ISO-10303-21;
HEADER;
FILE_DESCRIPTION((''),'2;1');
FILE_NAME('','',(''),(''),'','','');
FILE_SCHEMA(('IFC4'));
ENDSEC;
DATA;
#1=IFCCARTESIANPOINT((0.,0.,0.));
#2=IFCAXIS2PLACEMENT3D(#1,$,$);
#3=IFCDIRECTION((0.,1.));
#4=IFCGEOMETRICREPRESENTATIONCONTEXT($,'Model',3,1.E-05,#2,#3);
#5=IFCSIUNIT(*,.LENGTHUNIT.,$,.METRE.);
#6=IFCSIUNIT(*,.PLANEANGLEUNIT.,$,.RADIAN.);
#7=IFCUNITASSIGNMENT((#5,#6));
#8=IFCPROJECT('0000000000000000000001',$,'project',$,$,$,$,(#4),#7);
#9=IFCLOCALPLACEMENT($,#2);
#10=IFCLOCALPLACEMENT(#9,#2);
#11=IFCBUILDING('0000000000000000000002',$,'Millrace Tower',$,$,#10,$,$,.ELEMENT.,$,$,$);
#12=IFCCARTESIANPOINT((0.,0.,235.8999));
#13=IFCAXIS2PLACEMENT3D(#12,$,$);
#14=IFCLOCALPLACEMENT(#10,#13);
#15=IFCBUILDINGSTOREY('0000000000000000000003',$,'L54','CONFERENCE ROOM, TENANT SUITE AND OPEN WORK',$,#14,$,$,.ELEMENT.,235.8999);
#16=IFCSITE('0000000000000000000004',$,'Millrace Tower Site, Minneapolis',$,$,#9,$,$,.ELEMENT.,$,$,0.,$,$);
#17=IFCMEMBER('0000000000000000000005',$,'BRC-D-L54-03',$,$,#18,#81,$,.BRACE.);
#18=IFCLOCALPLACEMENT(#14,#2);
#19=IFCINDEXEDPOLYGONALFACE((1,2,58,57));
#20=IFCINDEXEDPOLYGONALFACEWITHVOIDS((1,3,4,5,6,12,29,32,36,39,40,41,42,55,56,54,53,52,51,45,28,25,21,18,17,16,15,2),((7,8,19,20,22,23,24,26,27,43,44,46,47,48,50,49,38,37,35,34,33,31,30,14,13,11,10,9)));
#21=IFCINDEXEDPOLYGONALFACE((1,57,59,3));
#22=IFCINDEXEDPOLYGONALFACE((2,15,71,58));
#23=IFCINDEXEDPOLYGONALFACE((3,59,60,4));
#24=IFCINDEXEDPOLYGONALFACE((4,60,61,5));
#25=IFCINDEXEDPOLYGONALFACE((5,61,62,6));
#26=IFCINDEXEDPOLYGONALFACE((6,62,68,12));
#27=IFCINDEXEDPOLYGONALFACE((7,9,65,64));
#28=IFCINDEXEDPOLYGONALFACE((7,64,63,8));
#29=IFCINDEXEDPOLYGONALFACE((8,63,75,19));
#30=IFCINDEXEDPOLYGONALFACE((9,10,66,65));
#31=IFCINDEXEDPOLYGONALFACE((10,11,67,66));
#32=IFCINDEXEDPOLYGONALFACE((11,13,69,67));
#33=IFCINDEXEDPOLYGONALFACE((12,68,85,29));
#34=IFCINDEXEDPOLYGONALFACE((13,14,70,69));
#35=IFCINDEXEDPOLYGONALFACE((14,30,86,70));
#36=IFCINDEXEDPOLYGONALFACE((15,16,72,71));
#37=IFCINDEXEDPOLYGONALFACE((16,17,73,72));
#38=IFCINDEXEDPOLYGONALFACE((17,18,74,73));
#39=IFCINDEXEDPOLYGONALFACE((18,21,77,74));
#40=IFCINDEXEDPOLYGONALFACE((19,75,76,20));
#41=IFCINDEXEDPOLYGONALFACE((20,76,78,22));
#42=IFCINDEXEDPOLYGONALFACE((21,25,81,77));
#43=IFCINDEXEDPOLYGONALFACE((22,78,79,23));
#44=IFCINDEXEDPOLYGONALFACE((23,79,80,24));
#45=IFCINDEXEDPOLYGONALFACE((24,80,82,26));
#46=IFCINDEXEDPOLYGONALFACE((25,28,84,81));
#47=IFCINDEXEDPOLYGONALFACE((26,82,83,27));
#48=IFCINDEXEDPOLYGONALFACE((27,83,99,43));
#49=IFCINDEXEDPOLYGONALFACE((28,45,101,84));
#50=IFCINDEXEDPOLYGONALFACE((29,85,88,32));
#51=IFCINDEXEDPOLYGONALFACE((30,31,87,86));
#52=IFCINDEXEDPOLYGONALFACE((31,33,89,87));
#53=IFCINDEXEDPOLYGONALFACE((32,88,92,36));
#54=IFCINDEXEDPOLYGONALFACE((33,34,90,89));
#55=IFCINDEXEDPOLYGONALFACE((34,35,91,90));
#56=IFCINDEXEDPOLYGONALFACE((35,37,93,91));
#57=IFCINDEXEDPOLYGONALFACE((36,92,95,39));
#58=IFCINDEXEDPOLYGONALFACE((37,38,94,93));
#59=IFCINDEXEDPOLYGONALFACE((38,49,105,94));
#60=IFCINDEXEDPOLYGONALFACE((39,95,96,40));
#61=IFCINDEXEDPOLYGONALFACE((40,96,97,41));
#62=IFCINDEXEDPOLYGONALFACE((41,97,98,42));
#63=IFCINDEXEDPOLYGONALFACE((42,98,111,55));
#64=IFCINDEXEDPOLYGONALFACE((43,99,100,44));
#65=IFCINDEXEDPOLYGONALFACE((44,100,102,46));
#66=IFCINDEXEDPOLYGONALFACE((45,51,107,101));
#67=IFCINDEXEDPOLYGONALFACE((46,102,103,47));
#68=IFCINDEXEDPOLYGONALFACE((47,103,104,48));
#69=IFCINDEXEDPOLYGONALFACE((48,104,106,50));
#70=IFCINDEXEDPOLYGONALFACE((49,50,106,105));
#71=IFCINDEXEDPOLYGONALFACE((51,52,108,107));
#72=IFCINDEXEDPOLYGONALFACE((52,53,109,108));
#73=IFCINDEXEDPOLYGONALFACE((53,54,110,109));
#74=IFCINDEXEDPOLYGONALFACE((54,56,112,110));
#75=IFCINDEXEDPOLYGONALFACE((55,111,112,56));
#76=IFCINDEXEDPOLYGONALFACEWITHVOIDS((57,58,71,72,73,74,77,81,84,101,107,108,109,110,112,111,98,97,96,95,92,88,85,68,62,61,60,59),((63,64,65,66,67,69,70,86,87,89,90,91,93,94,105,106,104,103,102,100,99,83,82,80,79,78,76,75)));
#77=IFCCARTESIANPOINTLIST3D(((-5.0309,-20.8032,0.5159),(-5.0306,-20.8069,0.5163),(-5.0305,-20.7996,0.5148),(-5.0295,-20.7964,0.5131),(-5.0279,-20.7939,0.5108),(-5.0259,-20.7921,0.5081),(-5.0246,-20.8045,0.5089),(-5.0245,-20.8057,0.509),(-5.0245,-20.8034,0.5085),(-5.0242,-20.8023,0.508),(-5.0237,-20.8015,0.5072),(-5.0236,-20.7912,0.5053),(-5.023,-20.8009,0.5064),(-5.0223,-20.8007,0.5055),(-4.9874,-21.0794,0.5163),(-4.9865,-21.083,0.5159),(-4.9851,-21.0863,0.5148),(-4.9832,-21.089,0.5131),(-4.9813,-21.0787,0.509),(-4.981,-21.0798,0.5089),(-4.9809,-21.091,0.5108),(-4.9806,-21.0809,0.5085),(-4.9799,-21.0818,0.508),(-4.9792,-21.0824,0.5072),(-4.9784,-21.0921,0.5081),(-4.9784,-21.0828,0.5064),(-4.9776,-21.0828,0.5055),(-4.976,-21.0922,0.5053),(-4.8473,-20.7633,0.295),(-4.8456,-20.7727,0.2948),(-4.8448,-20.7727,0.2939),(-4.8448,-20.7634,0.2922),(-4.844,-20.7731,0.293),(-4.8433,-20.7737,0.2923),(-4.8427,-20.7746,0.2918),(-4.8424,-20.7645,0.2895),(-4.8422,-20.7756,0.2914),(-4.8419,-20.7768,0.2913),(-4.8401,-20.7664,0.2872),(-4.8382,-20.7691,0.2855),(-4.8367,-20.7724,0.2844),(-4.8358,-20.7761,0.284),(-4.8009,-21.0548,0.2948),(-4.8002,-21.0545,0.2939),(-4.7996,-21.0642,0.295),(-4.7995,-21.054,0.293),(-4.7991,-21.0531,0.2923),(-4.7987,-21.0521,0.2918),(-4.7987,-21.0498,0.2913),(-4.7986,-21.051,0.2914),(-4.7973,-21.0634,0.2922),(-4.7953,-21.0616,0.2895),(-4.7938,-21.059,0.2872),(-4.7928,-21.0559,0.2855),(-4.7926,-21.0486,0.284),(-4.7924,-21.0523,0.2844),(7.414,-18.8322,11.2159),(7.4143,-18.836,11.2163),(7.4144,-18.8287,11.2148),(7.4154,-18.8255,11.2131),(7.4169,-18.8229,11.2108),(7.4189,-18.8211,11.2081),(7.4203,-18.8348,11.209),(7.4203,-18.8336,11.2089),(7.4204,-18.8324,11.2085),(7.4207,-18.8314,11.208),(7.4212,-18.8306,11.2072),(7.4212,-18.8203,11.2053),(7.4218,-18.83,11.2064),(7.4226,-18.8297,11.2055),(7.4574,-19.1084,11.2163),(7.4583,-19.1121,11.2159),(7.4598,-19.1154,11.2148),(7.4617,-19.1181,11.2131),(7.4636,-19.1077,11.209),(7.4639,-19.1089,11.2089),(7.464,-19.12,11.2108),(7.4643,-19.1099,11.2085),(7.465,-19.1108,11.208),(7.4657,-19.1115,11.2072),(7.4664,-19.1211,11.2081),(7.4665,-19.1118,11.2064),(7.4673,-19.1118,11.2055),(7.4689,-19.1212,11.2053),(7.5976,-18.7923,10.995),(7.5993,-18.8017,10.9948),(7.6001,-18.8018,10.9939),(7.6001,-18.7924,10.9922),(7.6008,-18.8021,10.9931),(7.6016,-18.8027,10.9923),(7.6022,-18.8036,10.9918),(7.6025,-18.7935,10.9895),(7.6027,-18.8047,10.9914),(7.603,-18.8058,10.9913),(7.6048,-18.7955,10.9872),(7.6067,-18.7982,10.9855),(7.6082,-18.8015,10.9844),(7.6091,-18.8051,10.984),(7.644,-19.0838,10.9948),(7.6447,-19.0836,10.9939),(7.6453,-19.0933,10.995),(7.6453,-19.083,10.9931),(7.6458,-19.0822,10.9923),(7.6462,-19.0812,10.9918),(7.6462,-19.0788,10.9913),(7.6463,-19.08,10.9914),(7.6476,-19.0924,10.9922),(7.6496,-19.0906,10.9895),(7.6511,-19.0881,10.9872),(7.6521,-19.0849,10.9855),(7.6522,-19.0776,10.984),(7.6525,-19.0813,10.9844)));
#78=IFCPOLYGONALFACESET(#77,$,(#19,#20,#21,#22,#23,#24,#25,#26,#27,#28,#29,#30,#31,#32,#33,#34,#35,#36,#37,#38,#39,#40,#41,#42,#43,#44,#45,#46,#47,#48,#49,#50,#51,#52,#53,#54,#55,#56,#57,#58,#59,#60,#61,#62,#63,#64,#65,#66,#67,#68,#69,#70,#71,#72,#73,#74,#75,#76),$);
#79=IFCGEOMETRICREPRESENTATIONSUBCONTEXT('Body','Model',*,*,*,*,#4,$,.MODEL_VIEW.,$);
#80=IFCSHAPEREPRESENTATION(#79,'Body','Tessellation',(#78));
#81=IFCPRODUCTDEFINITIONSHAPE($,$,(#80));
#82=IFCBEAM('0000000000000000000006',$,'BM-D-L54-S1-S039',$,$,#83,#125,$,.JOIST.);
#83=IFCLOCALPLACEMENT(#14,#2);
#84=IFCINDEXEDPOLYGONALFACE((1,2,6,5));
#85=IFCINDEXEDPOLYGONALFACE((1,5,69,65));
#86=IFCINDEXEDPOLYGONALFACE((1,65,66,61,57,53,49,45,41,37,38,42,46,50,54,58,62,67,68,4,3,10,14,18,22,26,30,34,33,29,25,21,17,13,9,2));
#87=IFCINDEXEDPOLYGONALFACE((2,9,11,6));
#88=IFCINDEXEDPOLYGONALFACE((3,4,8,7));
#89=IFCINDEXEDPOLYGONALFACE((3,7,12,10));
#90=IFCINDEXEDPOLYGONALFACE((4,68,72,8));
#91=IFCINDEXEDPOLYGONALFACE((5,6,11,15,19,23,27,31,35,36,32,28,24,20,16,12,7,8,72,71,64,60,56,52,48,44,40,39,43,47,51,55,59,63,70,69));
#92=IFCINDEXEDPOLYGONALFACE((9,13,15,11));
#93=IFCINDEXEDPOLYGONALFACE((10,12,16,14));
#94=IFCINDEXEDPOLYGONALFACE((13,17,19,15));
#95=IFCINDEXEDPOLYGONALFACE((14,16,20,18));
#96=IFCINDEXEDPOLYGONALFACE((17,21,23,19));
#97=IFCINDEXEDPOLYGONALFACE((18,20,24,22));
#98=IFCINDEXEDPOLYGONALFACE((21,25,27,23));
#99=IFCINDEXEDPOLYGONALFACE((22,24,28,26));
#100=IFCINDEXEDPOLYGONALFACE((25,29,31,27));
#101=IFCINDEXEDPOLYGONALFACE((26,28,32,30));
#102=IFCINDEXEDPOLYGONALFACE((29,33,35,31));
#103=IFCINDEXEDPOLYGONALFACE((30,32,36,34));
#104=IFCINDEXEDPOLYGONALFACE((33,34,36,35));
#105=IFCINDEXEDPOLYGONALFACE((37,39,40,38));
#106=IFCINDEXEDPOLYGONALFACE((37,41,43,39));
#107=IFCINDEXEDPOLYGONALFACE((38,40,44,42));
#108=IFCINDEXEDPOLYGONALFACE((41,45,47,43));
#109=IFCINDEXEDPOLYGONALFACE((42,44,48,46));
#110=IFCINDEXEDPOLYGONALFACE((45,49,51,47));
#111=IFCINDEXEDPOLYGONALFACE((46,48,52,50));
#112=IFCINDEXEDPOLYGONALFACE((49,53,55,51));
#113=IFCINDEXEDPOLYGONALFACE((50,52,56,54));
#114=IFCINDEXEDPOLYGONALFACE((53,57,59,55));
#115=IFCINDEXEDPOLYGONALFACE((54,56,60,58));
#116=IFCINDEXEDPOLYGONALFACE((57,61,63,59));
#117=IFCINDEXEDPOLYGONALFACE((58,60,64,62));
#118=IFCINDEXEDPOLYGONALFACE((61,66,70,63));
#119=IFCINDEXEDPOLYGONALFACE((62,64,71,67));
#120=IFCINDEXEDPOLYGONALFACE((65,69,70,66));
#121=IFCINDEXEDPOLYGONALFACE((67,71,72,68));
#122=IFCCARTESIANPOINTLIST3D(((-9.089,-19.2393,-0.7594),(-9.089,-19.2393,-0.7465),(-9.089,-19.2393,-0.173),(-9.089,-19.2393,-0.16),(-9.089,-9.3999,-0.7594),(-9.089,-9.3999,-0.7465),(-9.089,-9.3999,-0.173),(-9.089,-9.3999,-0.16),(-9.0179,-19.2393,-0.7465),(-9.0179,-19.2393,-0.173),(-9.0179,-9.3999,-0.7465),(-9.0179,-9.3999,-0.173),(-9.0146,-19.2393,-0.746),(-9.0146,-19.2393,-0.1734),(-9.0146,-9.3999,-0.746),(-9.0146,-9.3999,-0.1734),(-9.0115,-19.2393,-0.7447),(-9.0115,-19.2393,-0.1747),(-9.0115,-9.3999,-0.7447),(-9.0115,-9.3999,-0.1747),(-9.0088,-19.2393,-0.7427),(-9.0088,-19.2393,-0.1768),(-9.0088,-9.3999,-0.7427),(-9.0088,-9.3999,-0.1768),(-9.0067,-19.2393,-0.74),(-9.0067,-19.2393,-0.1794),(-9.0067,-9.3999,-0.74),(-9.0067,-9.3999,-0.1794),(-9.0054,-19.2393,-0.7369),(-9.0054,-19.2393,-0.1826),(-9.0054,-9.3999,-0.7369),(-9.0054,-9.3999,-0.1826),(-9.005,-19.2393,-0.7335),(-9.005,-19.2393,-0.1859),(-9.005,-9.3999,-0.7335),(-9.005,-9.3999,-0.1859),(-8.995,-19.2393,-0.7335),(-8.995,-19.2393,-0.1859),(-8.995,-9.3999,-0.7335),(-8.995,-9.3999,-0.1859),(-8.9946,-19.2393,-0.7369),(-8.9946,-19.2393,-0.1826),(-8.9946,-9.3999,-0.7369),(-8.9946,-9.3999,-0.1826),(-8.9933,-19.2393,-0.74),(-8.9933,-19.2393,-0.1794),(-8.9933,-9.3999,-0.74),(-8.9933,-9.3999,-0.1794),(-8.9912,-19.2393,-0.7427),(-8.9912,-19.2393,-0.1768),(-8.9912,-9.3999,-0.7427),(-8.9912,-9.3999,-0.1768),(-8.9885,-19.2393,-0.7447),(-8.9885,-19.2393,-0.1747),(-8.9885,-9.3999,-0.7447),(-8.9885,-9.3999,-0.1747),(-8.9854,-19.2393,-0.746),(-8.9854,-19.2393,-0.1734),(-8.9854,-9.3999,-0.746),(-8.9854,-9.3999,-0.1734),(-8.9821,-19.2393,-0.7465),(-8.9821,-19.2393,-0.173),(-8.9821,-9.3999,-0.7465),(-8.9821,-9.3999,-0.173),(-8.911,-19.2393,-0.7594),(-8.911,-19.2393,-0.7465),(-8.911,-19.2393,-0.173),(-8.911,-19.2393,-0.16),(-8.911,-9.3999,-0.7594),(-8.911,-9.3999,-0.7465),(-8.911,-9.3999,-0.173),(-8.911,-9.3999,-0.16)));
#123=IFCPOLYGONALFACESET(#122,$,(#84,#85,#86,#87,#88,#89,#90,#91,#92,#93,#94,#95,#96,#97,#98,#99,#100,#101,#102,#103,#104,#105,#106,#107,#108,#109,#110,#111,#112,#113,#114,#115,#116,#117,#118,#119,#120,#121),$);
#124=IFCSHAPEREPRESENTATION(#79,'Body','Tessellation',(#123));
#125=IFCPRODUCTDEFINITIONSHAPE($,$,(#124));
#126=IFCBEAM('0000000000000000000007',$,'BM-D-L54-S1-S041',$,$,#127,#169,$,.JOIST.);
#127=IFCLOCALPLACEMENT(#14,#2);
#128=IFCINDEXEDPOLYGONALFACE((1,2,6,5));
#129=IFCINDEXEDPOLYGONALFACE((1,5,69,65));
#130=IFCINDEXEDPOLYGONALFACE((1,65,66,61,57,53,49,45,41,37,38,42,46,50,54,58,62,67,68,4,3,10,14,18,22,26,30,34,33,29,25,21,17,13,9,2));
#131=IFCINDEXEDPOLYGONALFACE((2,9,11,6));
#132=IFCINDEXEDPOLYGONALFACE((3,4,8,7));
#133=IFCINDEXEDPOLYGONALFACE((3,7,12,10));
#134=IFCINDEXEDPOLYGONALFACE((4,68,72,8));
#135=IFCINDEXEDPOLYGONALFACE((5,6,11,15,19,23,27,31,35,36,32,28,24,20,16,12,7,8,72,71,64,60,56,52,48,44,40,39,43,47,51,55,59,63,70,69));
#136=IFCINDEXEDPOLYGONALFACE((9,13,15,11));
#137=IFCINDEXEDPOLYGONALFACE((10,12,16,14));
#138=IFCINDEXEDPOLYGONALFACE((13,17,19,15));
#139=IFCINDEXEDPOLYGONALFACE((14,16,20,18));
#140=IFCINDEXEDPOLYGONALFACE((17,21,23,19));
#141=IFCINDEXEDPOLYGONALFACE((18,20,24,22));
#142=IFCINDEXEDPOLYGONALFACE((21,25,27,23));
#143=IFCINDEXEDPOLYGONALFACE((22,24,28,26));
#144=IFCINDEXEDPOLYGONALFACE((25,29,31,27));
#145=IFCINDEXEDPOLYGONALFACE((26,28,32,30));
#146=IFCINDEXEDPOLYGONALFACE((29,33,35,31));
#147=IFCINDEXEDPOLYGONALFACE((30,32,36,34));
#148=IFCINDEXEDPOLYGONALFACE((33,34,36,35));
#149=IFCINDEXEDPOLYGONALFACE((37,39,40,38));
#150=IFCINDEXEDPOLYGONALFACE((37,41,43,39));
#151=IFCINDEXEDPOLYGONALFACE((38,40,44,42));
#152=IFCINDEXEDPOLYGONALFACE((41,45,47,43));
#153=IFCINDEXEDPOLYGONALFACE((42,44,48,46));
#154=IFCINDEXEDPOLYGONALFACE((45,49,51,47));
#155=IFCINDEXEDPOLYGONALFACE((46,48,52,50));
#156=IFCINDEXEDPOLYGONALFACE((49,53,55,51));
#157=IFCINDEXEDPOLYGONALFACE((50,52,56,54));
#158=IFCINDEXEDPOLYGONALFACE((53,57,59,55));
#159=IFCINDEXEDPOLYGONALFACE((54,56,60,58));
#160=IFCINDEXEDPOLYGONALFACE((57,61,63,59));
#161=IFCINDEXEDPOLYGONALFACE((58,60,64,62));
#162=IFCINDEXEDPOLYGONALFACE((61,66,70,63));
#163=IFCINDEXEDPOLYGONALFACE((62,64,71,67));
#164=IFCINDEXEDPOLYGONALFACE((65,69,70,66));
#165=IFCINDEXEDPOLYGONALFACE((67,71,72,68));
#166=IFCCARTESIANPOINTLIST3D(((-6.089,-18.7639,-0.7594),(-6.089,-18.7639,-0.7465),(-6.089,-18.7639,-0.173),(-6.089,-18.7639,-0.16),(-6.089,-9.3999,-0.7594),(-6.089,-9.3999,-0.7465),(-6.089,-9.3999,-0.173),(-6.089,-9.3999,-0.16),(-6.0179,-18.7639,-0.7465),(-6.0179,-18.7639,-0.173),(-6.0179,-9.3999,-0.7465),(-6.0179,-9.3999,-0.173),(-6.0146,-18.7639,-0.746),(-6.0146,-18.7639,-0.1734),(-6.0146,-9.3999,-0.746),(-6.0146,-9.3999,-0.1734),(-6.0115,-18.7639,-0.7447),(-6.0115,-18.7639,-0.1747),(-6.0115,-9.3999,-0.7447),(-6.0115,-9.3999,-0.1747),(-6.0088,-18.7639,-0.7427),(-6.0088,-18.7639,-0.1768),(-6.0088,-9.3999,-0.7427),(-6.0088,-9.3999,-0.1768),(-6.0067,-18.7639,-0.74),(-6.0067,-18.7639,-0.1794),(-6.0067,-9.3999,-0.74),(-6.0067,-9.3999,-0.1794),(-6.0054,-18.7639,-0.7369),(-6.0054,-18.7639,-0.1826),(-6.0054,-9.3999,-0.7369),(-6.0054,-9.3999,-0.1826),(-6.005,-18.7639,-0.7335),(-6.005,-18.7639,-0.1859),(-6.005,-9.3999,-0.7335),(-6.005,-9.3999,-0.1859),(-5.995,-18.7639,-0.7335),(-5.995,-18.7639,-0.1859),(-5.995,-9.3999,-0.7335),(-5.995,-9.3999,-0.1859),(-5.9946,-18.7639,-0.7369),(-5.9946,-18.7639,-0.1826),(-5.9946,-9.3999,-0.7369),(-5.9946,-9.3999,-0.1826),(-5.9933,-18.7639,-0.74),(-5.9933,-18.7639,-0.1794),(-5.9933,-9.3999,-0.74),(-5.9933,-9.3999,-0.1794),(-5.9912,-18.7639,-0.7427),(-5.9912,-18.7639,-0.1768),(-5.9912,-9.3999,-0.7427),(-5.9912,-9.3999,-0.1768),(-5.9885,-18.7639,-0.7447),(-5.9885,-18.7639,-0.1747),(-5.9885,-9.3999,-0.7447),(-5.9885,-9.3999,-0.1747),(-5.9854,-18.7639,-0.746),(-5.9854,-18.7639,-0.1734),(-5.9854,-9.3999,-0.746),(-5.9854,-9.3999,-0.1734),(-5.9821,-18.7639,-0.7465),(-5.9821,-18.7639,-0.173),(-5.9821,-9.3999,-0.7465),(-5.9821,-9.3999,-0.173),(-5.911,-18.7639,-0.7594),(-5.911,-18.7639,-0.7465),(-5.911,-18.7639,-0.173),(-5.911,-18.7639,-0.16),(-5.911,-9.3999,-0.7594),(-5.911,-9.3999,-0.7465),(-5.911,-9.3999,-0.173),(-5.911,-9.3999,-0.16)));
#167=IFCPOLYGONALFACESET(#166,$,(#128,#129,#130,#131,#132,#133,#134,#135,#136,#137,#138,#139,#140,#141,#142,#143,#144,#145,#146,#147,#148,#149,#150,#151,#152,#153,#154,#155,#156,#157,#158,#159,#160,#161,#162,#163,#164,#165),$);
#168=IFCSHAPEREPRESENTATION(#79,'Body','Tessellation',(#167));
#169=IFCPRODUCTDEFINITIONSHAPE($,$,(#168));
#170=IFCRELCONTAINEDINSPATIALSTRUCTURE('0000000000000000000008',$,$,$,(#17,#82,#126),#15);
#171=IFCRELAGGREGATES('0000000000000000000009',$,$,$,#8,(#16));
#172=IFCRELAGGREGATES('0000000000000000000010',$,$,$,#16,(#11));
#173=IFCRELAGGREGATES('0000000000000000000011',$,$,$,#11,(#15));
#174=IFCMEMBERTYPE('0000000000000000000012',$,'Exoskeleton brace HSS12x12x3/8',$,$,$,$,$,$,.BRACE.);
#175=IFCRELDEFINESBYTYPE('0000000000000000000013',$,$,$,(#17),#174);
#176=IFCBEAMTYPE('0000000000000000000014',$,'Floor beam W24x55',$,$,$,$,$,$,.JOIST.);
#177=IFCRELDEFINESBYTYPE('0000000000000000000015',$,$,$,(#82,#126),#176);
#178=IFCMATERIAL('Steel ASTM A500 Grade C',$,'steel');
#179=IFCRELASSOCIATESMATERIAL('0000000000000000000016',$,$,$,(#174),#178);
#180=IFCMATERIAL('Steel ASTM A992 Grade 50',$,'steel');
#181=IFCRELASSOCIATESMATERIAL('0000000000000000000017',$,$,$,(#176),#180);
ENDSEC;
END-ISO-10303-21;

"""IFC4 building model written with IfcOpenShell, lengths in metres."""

from ifc_helpers import new_model, si_unit, direction, frame, origin, origin_2d, place, context, subcontext, project, spatial, hollow_rectangle, i_section, extrude, material, material_profile, profile_set, type_object, element, save


model = new_model("IFC4")

# Units and contexts
model_context = context("Model", 3, precision=1e-05, world=origin(), true_north=direction((0.0, 1.0)))
body_context = subcontext(model_context, "Body", "Model", "MODEL_VIEW")
ifc_project = project(units=[si_unit("LENGTHUNIT", "METRE"), si_unit("PLANEANGLEUNIT", "RADIAN")], contexts=[model_context])

# Site, building, storey
site_placement = place(None, origin())
site = spatial("IfcSite", under=ifc_project, at=site_placement, Name="Millrace Tower Site, Minneapolis", CompositionType="ELEMENT", RefElevation=0.0)
building_placement = place(site_placement, origin())
building = spatial("IfcBuilding", under=site, at=building_placement, Name="Millrace Tower", CompositionType="ELEMENT")
storey_placement = place(building_placement, frame((0.0, 0.0, 235.8999)))
storey = spatial("IfcBuildingStorey", under=building, at=storey_placement, Name="L54", Description="CONFERENCE ROOM, TENANT SUITE AND OPEN WORK", CompositionType="ELEMENT", Elevation=235.8999)

# Member
ifc_material_1 = material(Name="Steel ASTM A500 Grade C", Category="steel")
ifc_material_profile_1 = material_profile(ifc_material_1, hollow_rectangle(XDim=0.3047, YDim=0.3047, WallThickness=0.0095, InnerFilletRadius=0.0046, OuterFilletRadius=0.0144, at=origin_2d()))
ifc_profile_set_1 = profile_set([ifc_material_profile_1], Name="Steel ASTM A500 Grade C")
member_type_1 = type_object("IfcMemberType", Name="Exoskeleton brace HSS12x12x3/8", PredefinedType="BRACE", material=ifc_profile_set_1)
member_1_placement = place(storey_placement, frame((-4.9116, -20.9277, 0.4001), z_axis=(0.752854, 0.119233, 0.647297), x_axis=(-0.156425, 0.98769, 0.0)))
element("IfcMember", 1, at=member_1_placement, inside=storey, type_object=member_type_1, Name="BRC-D-L54-03", PredefinedType="BRACE", context=body_context, shape_type="SweptSolid", body=[
    extrude(hollow_rectangle(XDim=0.3047, YDim=0.3047, WallThickness=0.0095, InnerFilletRadius=0.0046, OuterFilletRadius=0.0144, at=origin_2d()), origin(), (0.0, 0.0, 1.0), 16.5303),
])

# Beams
ifc_material_2 = material(Name="Steel ASTM A992 Grade 50", Category="steel")
ifc_material_profile_2 = material_profile(ifc_material_2, i_section(OverallWidth=0.178, OverallDepth=0.5994, WebThickness=0.01, FlangeThickness=0.0129, FilletRadius=0.0129, at=origin_2d()))
ifc_profile_set_2 = profile_set([ifc_material_profile_2], Name="Steel ASTM A992 Grade 50")
beam_type_1 = type_object("IfcBeamType", Name="Floor beam W24x55", PredefinedType="JOIST", material=ifc_profile_set_2)
beam_1_placement = place(storey_placement, frame((-9.0, -19.2393, -0.4597), z_axis=(0.0, 1.0, 0.0), x_axis=(-1.0, 0.0, 0.0)))
element("IfcBeam", 2, at=beam_1_placement, inside=storey, type_object=beam_type_1, Name="BM-D-L54-S1-S039", PredefinedType="JOIST", context=body_context, shape_type="SweptSolid", body=[
    extrude(i_section(OverallWidth=0.178, OverallDepth=0.5994, WebThickness=0.01, FlangeThickness=0.0129, FilletRadius=0.0129, at=origin_2d()), origin(), (0.0, 0.0, 1.0), 9.8394),
])
beam_2_placement = place(storey_placement, frame((-6.0, -18.7639, -0.4597), z_axis=(0.0, 1.0, 0.0), x_axis=(-1.0, 0.0, 0.0)))
element("IfcBeam", 3, at=beam_2_placement, inside=storey, type_object=beam_type_1, Name="BM-D-L54-S1-S041", PredefinedType="JOIST", context=body_context, shape_type="SweptSolid", body=[
    extrude(i_section(OverallWidth=0.178, OverallDepth=0.5994, WebThickness=0.01, FlangeThickness=0.0129, FilletRadius=0.0129, at=origin_2d()), origin(), (0.0, 0.0, 1.0), 9.364),
])

save(model, "model.ifc")
